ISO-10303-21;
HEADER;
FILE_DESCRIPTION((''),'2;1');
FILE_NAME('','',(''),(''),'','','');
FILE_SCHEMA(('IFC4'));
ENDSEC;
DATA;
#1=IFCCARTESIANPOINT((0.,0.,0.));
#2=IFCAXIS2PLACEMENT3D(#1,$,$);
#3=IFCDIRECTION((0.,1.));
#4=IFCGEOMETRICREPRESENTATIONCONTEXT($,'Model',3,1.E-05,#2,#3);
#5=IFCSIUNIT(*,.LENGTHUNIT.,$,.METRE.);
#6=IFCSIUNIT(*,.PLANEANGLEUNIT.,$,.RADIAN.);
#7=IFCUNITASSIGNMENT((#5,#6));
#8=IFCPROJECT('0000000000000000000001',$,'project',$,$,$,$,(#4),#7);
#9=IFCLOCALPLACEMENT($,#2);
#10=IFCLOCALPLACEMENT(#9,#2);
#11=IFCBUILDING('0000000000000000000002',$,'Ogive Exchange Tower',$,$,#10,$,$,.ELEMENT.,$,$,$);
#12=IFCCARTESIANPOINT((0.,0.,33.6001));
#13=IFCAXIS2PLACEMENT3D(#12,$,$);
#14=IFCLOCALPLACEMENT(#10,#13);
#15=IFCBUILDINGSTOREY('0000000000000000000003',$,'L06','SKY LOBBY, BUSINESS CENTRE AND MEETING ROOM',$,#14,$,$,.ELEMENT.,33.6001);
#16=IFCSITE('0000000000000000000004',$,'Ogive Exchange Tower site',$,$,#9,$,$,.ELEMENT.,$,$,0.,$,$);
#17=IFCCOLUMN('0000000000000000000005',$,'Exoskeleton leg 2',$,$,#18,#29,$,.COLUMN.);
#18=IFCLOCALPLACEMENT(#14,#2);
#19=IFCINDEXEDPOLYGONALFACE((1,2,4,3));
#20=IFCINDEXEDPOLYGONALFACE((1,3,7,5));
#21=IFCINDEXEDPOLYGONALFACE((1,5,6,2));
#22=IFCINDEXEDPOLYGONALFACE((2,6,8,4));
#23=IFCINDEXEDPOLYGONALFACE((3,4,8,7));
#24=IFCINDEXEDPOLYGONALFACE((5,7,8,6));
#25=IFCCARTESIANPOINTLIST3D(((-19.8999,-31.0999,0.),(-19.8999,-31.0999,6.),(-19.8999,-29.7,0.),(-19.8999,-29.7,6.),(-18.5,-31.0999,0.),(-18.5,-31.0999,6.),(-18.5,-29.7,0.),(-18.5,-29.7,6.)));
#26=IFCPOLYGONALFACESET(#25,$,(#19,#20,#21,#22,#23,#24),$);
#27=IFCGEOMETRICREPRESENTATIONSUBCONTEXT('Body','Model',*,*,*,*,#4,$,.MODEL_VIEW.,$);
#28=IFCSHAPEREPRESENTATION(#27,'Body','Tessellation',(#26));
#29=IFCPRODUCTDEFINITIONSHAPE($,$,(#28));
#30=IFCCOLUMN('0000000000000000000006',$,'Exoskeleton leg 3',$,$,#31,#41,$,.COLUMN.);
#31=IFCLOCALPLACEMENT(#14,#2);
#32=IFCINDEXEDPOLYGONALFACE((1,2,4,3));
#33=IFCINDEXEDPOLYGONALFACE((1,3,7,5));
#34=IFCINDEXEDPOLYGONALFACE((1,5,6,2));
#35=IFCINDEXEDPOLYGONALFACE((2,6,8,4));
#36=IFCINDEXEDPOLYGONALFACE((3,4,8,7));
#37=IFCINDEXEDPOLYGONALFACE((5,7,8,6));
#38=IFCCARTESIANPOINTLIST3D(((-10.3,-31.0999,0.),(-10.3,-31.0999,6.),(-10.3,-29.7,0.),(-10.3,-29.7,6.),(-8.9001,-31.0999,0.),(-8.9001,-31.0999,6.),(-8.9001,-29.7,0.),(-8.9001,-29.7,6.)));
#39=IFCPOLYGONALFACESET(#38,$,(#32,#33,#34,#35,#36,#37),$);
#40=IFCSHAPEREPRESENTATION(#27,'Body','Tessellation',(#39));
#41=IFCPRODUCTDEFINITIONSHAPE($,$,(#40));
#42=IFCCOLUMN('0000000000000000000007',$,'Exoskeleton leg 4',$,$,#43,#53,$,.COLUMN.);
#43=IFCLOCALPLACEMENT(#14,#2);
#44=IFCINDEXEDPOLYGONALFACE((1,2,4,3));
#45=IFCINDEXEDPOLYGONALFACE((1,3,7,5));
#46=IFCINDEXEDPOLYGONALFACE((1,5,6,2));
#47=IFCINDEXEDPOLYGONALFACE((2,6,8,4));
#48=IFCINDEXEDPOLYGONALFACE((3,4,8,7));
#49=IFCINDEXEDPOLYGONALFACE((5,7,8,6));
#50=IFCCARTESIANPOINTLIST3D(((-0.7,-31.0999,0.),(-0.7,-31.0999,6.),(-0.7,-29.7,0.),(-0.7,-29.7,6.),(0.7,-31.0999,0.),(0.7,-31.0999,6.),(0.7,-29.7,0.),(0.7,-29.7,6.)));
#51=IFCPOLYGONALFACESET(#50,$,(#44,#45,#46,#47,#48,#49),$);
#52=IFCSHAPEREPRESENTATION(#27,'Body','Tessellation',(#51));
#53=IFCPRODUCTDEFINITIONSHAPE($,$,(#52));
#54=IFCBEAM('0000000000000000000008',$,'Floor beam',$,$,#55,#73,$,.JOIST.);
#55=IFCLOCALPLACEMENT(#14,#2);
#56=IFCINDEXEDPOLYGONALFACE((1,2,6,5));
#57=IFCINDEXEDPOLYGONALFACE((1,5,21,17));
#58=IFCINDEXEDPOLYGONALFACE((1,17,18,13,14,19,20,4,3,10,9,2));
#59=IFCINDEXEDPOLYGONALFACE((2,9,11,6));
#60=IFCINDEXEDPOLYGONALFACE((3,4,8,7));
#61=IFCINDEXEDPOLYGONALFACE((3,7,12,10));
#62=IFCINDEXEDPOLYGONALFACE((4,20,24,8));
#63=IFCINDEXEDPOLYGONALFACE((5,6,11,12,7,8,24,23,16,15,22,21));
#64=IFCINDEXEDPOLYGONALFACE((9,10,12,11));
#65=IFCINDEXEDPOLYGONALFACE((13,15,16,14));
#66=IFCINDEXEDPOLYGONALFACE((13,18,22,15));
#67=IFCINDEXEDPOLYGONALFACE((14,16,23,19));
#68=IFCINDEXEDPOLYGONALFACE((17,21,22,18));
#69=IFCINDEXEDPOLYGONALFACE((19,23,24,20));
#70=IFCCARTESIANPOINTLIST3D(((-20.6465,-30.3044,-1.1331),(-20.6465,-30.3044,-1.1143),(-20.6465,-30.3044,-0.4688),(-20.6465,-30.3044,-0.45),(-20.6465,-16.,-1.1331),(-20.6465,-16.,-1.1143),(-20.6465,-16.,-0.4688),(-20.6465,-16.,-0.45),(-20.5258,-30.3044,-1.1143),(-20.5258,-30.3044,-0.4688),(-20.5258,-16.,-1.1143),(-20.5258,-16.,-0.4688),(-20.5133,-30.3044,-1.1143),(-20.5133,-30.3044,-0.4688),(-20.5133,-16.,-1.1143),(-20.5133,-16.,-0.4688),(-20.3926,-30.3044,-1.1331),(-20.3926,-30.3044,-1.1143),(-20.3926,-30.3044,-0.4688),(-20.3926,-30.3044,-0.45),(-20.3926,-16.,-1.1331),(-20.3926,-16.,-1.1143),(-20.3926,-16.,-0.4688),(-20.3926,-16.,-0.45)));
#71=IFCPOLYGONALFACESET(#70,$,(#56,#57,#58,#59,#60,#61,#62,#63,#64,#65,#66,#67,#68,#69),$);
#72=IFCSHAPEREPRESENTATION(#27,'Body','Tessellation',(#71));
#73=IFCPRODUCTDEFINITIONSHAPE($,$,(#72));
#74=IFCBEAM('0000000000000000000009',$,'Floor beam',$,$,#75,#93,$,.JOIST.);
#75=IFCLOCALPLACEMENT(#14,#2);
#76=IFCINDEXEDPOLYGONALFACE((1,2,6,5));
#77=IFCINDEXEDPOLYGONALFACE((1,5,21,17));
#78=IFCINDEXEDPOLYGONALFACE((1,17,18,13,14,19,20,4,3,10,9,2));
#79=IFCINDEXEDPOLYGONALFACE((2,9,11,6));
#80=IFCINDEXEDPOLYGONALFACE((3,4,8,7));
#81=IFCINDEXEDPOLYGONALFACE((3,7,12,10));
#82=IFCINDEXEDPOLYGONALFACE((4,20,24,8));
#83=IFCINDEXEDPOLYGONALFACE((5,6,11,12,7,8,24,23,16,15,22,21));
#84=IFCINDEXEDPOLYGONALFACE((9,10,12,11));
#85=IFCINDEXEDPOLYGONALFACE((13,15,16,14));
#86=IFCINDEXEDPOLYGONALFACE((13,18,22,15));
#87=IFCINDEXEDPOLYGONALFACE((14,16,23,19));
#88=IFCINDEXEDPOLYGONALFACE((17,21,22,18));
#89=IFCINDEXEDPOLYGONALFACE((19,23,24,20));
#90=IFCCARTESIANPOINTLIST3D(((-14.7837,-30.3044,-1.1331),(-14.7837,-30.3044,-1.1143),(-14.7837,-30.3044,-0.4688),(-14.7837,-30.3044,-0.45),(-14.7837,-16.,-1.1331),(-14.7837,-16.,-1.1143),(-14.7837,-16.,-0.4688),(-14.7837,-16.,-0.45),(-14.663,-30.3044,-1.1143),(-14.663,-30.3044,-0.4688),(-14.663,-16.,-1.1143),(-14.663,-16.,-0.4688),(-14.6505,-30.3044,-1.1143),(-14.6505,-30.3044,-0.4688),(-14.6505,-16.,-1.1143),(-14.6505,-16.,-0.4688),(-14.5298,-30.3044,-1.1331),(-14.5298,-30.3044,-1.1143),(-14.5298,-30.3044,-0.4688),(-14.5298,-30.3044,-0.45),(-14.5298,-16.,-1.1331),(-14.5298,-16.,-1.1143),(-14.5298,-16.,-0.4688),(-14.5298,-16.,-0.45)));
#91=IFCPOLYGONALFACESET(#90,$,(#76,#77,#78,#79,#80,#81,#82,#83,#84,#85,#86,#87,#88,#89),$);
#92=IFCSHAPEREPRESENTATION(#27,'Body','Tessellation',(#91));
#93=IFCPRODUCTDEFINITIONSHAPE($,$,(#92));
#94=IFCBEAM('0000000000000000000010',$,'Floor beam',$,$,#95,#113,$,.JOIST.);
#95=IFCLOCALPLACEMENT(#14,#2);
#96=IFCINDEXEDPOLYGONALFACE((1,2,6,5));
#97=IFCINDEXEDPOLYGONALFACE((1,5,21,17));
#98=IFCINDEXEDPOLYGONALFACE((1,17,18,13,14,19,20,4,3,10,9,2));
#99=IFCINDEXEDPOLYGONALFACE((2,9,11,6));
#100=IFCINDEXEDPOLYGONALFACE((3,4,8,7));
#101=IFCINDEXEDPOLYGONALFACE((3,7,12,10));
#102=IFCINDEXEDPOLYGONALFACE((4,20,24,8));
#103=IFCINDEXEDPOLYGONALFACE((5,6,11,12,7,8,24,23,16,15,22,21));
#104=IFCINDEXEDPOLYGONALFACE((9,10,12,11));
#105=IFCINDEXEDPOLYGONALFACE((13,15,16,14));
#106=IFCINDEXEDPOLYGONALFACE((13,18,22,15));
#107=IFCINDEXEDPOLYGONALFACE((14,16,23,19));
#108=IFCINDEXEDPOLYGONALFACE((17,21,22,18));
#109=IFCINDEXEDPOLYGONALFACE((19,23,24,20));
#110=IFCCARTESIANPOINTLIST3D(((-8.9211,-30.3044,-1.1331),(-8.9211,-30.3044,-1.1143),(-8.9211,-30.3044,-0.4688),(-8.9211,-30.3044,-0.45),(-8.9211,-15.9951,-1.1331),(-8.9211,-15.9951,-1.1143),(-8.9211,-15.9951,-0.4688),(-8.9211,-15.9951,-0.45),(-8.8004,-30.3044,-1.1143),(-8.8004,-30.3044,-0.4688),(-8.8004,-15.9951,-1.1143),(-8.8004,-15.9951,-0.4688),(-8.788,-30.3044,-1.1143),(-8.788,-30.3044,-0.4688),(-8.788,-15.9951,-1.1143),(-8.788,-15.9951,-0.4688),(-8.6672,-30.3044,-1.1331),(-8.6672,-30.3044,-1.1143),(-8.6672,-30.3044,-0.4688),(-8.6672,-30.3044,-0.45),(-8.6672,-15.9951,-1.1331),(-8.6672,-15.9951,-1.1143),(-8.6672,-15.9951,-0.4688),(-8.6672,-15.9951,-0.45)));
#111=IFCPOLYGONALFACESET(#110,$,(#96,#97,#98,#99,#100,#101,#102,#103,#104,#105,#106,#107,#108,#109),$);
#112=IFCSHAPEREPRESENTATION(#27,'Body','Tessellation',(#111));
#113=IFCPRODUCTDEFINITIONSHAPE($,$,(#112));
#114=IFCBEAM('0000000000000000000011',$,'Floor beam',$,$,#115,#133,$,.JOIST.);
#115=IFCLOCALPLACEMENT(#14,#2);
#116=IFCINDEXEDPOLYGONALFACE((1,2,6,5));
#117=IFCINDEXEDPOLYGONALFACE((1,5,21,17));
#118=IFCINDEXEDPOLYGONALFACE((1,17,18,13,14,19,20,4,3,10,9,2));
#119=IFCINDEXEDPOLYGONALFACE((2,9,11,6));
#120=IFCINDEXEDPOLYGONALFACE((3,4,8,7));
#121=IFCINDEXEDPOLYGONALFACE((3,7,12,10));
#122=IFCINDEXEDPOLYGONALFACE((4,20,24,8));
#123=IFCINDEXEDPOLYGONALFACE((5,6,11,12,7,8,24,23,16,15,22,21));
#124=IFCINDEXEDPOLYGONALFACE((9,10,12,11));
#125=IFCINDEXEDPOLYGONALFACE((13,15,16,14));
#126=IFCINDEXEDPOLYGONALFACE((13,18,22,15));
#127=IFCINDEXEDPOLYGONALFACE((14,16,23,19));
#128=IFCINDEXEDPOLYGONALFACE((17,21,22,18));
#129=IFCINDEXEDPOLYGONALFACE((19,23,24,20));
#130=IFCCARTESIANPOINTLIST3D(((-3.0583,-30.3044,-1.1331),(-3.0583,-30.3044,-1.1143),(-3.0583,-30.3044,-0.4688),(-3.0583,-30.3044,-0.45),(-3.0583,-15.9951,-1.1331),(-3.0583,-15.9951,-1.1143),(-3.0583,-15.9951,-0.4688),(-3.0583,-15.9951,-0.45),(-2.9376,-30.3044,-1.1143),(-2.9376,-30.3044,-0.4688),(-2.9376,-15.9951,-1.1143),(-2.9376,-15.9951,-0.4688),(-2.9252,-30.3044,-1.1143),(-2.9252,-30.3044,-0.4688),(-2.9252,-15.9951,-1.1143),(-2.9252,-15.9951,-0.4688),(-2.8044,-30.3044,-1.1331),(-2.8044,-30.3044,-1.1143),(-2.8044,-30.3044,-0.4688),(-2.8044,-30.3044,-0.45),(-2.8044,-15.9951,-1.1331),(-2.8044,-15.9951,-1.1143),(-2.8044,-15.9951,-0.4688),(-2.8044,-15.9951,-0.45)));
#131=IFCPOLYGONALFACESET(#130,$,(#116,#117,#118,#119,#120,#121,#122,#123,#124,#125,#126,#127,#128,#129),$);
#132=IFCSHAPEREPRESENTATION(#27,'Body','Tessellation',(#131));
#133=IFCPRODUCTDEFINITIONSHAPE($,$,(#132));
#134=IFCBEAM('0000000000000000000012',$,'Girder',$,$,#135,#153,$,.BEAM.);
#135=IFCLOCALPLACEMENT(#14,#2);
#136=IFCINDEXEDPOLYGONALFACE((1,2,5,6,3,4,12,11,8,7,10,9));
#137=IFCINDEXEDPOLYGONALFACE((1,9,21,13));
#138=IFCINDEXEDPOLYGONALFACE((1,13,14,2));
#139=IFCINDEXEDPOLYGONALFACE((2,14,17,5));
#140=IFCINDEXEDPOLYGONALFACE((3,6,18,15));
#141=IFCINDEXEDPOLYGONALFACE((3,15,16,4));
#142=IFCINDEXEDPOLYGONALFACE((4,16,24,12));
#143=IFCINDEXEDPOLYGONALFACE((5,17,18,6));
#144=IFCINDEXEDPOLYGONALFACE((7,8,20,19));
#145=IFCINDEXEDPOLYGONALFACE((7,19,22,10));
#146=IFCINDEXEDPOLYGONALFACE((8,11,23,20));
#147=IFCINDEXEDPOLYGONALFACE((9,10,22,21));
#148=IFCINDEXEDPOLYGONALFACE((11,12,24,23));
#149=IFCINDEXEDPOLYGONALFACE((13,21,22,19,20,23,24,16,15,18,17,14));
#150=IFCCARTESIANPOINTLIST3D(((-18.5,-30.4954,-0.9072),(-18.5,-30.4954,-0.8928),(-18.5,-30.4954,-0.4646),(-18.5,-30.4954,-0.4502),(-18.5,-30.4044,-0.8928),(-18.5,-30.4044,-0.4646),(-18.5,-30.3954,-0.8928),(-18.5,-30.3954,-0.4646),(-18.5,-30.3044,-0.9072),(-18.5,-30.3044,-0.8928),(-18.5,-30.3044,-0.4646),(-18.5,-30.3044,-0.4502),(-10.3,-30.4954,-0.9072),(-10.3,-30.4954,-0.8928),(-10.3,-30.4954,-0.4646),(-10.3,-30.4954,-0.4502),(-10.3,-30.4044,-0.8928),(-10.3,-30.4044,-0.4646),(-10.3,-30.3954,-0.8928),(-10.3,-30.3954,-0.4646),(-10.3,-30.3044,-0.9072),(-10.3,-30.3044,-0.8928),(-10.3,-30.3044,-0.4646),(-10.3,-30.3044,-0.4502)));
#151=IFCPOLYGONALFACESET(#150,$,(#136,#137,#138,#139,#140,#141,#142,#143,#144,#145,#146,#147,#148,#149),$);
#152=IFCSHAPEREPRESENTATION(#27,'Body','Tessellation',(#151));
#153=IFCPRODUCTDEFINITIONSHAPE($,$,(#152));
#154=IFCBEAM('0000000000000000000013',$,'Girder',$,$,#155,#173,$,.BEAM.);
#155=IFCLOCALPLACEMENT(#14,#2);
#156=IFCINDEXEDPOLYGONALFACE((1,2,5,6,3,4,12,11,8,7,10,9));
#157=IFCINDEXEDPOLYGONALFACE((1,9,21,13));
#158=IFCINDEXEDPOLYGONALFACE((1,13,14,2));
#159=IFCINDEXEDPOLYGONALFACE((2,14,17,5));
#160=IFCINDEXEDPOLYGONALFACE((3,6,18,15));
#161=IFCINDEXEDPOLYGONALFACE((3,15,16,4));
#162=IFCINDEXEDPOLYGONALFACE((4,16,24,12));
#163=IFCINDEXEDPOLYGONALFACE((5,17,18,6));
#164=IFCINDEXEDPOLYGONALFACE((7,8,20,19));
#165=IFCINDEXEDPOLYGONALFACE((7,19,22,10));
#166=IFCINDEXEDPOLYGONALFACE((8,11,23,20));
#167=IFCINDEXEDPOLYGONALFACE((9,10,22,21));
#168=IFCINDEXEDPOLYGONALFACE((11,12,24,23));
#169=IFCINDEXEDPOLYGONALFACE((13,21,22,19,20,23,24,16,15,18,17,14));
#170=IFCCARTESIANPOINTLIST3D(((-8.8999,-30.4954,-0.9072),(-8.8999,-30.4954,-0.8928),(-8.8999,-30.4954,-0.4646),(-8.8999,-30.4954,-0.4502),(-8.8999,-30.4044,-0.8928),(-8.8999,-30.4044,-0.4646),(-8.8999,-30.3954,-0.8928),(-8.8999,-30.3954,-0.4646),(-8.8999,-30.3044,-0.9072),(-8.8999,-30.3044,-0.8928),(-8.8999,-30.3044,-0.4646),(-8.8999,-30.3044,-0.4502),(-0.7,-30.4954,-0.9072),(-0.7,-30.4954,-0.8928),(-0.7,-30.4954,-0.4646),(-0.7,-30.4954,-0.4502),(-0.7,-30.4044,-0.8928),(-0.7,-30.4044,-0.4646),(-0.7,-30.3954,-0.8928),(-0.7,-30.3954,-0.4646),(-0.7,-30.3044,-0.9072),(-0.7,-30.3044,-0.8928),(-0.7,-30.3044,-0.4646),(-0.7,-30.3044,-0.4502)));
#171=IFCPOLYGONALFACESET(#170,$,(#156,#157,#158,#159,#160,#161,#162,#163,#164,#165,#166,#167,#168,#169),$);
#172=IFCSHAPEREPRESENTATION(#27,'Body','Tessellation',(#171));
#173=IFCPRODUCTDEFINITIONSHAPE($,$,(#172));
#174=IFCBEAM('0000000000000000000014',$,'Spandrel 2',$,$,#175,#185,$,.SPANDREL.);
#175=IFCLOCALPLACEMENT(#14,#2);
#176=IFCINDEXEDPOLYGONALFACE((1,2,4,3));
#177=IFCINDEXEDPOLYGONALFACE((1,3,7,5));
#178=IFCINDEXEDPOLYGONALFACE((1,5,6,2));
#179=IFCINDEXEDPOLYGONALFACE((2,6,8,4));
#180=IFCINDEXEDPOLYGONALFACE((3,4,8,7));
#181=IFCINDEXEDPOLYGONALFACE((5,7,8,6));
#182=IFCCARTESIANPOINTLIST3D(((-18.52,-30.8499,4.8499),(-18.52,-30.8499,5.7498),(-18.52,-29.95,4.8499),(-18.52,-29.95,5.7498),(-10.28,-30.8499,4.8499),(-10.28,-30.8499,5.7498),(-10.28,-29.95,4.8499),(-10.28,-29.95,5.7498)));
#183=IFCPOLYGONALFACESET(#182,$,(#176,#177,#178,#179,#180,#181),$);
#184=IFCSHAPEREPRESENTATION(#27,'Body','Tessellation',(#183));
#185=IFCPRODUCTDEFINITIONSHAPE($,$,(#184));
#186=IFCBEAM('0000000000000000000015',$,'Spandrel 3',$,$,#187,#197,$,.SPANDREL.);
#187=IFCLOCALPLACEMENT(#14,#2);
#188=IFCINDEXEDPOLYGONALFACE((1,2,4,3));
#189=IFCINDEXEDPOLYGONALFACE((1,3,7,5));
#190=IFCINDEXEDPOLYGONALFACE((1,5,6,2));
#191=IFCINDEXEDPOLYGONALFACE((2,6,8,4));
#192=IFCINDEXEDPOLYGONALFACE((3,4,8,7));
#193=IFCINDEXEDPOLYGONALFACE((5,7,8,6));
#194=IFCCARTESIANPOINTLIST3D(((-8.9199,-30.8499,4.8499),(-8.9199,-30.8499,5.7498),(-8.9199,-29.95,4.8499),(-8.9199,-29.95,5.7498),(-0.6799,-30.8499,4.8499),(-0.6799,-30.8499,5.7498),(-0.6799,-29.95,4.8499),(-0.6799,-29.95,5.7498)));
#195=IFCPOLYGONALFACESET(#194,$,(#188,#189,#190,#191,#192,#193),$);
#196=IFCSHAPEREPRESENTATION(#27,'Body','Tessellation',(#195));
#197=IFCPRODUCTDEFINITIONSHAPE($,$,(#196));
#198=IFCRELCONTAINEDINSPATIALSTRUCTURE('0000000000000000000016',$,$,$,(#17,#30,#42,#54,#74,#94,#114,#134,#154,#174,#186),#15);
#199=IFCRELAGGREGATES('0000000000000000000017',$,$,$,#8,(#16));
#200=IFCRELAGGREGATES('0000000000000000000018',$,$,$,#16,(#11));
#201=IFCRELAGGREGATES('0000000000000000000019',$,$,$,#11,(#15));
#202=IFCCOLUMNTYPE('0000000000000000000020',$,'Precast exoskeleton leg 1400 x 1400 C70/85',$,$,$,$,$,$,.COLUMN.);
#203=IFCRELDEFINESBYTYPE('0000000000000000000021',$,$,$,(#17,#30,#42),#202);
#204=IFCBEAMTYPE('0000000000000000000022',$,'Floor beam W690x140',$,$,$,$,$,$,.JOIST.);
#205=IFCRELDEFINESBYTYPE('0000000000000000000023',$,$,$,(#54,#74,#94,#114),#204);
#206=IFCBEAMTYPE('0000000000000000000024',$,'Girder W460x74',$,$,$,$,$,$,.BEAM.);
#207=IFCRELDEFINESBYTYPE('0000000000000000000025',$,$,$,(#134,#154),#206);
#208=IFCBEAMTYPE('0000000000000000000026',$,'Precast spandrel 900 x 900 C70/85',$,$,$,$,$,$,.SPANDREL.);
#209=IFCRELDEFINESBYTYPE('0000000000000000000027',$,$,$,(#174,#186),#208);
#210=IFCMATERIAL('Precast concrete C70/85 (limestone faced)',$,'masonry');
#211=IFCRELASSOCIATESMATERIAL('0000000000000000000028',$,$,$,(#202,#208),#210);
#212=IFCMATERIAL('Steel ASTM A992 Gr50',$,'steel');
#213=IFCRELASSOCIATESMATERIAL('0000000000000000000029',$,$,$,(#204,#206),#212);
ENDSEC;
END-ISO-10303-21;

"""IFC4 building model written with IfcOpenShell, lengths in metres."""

from ifc_helpers import new_model, si_unit, direction, frame, origin, origin_2d, place, context, subcontext, project, spatial, rectangle, i_section, extrude, material, material_profile, profile_set, type_object, element, save


model = new_model("IFC4")

# Units and contexts
model_context = context("Model", 3, precision=1e-05, world=origin(), true_north=direction((0.0, 1.0)))
body_context = subcontext(model_context, "Body", "Model", "MODEL_VIEW")
ifc_project = project(units=[si_unit("LENGTHUNIT", "METRE"), si_unit("PLANEANGLEUNIT", "RADIAN")], contexts=[model_context])

# Site, building, storey
site_placement = place(None, origin())
site = spatial("IfcSite", under=ifc_project, at=site_placement, Name="Ogive Exchange Tower site", CompositionType="ELEMENT", RefElevation=0.0)
building_placement = place(site_placement, origin())
building = spatial("IfcBuilding", under=site, at=building_placement, Name="Ogive Exchange Tower", CompositionType="ELEMENT")
storey_placement = place(building_placement, frame((0.0, 0.0, 33.6001)))
storey = spatial("IfcBuildingStorey", under=building, at=storey_placement, Name="L06", Description="SKY LOBBY, BUSINESS CENTRE AND MEETING ROOM", CompositionType="ELEMENT", Elevation=33.6001)

# Columns
ifc_material_1 = material(Name="Precast concrete C70/85 (limestone faced)", Category="masonry")
ifc_material_profile_1 = material_profile(ifc_material_1, rectangle(XDim=1.3999, YDim=1.3999, at=origin_2d()), Name="1400 x 1400")
ifc_profile_set_1 = profile_set([ifc_material_profile_1], Name="Precast concrete C70/85 (limestone faced)")
column_type = type_object("IfcColumnType", Name="Precast exoskeleton leg 1400 x 1400 C70/85", PredefinedType="COLUMN", material=ifc_profile_set_1)
for number, where, z_axis, x_axis, name in (
    (1, (-19.2, -30.3999, 0.0), (0.0, 0.0, 1.0), (1.0, 0.0, 0.0), "Exoskeleton leg 2"),
    (2, (-9.6001, -30.3999, 0.0), (0.0, 0.0, 1.0), (1.0, 0.0, 0.0), "Exoskeleton leg 3"),
    (3, (0.0, -30.3999, 0.0), (0.0, 0.0, 1.0), (1.0, 0.0, 0.0), "Exoskeleton leg 4"),
):
    element("IfcColumn", number, at=place(storey_placement, frame(where, z_axis=z_axis, x_axis=x_axis)), inside=storey, type_object=column_type, Name=name, PredefinedType="COLUMN", context=body_context, shape_type="SweptSolid", body=[
        extrude(rectangle(XDim=1.3999, YDim=1.3999, at=origin_2d()), origin(), (0.0, 0.0, 1.0), 6.0),
    ])

# Beams
ifc_material_2 = material(Name="Steel ASTM A992 Gr50", Category="steel")
ifc_material_profile_2 = material_profile(ifc_material_2, i_section(OverallWidth=0.2539, OverallDepth=0.6831, WebThickness=0.0125, FlangeThickness=0.0188, at=origin_2d()), Name="W690x140")
ifc_profile_set_2 = profile_set([ifc_material_profile_2], Name="Steel ASTM A992 Gr50")
beam_type_1 = type_object("IfcBeamType", Name="Floor beam W690x140", PredefinedType="JOIST", material=ifc_profile_set_2)
for number, where, z_axis, x_axis, name in (
    (4, (-20.5195, -30.3044, -0.7915), (0.0, 1.0, 0.0), (-1.0, 0.0, 0.0), "Floor beam"),
    (5, (-14.6567, -30.3044, -0.7915), (0.0, 1.0, 0.0), (-1.0, 0.0, 0.0), "Floor beam"),
):
    element("IfcBeam", number, at=place(storey_placement, frame(where, z_axis=z_axis, x_axis=x_axis)), inside=storey, type_object=beam_type_1, Name=name, PredefinedType="JOIST", context=body_context, shape_type="SweptSolid", body=[
        extrude(i_section(OverallWidth=0.2539, OverallDepth=0.6831, WebThickness=0.0125, FlangeThickness=0.0188, at=origin_2d()), origin(), (0.0, 0.0, 1.0), 14.3044),
    ])
for number, where, z_axis, x_axis, name in (
    (6, (-8.7942, -30.3044, -0.7915), (0.0, 1.0, 0.0), (-1.0, 0.0, 0.0), "Floor beam"),
    (7, (-2.9314, -30.3044, -0.7915), (0.0, 1.0, 0.0), (-1.0, 0.0, 0.0), "Floor beam"),
):
    element("IfcBeam", number, at=place(storey_placement, frame(where, z_axis=z_axis, x_axis=x_axis)), inside=storey, type_object=beam_type_1, Name=name, PredefinedType="JOIST", context=body_context, shape_type="SweptSolid", body=[
        extrude(i_section(OverallWidth=0.2539, OverallDepth=0.6831, WebThickness=0.0125, FlangeThickness=0.0188, at=origin_2d()), origin(), (0.0, 0.0, 1.0), 14.3093),
    ])
ifc_material_profile_3 = material_profile(ifc_material_2, i_section(OverallWidth=0.1909, OverallDepth=0.457, WebThickness=0.009, FlangeThickness=0.0144, at=origin_2d()), Name="W460x74")
ifc_profile_set_3 = profile_set([ifc_material_profile_3], Name="Steel ASTM A992 Gr50")
beam_type_2 = type_object("IfcBeamType", Name="Girder W460x74", PredefinedType="BEAM", material=ifc_profile_set_3)
for number, where, z_axis, x_axis, name in (
    (8, (-18.5, -30.3999, -0.6787), (1.0, 0.0, 0.0), (0.0, 1.0, 0.0), "Girder"),
    (9, (-8.8999, -30.3999, -0.6787), (1.0, 0.0, 0.0), (0.0, 1.0, 0.0), "Girder"),
):
    element("IfcBeam", number, at=place(storey_placement, frame(where, z_axis=z_axis, x_axis=x_axis)), inside=storey, type_object=beam_type_2, Name=name, PredefinedType="BEAM", context=body_context, shape_type="SweptSolid", body=[
        extrude(i_section(OverallWidth=0.1909, OverallDepth=0.457, WebThickness=0.009, FlangeThickness=0.0144, at=origin_2d()), origin(), (0.0, 0.0, 1.0), 8.2),
    ])
ifc_material_profile_4 = material_profile(ifc_material_1, rectangle(XDim=0.8999, YDim=0.8999, at=origin_2d()), Name="900 x 900")
ifc_profile_set_4 = profile_set([ifc_material_profile_4], Name="Precast concrete C70/85 (limestone faced)")
beam_type_3 = type_object("IfcBeamType", Name="Precast spandrel 900 x 900 C70/85", PredefinedType="SPANDREL", material=ifc_profile_set_4)
for number, where, z_axis, x_axis, name in (
    (10, (-18.52, -30.3999, 5.2998), (1.0, 0.0, 0.0), (0.0, 1.0, 0.0), "Spandrel 2"),
    (11, (-8.9199, -30.3999, 5.2998), (1.0, 0.0, 0.0), (0.0, 1.0, 0.0), "Spandrel 3"),
):
    element("IfcBeam", number, at=place(storey_placement, frame(where, z_axis=z_axis, x_axis=x_axis)), inside=storey, type_object=beam_type_3, Name=name, PredefinedType="SPANDREL", context=body_context, shape_type="SweptSolid", body=[
        extrude(rectangle(XDim=0.8999, YDim=0.8999, at=origin_2d()), origin(), (0.0, 0.0, 1.0), 8.24),
    ])

save(model, "model.ifc")
